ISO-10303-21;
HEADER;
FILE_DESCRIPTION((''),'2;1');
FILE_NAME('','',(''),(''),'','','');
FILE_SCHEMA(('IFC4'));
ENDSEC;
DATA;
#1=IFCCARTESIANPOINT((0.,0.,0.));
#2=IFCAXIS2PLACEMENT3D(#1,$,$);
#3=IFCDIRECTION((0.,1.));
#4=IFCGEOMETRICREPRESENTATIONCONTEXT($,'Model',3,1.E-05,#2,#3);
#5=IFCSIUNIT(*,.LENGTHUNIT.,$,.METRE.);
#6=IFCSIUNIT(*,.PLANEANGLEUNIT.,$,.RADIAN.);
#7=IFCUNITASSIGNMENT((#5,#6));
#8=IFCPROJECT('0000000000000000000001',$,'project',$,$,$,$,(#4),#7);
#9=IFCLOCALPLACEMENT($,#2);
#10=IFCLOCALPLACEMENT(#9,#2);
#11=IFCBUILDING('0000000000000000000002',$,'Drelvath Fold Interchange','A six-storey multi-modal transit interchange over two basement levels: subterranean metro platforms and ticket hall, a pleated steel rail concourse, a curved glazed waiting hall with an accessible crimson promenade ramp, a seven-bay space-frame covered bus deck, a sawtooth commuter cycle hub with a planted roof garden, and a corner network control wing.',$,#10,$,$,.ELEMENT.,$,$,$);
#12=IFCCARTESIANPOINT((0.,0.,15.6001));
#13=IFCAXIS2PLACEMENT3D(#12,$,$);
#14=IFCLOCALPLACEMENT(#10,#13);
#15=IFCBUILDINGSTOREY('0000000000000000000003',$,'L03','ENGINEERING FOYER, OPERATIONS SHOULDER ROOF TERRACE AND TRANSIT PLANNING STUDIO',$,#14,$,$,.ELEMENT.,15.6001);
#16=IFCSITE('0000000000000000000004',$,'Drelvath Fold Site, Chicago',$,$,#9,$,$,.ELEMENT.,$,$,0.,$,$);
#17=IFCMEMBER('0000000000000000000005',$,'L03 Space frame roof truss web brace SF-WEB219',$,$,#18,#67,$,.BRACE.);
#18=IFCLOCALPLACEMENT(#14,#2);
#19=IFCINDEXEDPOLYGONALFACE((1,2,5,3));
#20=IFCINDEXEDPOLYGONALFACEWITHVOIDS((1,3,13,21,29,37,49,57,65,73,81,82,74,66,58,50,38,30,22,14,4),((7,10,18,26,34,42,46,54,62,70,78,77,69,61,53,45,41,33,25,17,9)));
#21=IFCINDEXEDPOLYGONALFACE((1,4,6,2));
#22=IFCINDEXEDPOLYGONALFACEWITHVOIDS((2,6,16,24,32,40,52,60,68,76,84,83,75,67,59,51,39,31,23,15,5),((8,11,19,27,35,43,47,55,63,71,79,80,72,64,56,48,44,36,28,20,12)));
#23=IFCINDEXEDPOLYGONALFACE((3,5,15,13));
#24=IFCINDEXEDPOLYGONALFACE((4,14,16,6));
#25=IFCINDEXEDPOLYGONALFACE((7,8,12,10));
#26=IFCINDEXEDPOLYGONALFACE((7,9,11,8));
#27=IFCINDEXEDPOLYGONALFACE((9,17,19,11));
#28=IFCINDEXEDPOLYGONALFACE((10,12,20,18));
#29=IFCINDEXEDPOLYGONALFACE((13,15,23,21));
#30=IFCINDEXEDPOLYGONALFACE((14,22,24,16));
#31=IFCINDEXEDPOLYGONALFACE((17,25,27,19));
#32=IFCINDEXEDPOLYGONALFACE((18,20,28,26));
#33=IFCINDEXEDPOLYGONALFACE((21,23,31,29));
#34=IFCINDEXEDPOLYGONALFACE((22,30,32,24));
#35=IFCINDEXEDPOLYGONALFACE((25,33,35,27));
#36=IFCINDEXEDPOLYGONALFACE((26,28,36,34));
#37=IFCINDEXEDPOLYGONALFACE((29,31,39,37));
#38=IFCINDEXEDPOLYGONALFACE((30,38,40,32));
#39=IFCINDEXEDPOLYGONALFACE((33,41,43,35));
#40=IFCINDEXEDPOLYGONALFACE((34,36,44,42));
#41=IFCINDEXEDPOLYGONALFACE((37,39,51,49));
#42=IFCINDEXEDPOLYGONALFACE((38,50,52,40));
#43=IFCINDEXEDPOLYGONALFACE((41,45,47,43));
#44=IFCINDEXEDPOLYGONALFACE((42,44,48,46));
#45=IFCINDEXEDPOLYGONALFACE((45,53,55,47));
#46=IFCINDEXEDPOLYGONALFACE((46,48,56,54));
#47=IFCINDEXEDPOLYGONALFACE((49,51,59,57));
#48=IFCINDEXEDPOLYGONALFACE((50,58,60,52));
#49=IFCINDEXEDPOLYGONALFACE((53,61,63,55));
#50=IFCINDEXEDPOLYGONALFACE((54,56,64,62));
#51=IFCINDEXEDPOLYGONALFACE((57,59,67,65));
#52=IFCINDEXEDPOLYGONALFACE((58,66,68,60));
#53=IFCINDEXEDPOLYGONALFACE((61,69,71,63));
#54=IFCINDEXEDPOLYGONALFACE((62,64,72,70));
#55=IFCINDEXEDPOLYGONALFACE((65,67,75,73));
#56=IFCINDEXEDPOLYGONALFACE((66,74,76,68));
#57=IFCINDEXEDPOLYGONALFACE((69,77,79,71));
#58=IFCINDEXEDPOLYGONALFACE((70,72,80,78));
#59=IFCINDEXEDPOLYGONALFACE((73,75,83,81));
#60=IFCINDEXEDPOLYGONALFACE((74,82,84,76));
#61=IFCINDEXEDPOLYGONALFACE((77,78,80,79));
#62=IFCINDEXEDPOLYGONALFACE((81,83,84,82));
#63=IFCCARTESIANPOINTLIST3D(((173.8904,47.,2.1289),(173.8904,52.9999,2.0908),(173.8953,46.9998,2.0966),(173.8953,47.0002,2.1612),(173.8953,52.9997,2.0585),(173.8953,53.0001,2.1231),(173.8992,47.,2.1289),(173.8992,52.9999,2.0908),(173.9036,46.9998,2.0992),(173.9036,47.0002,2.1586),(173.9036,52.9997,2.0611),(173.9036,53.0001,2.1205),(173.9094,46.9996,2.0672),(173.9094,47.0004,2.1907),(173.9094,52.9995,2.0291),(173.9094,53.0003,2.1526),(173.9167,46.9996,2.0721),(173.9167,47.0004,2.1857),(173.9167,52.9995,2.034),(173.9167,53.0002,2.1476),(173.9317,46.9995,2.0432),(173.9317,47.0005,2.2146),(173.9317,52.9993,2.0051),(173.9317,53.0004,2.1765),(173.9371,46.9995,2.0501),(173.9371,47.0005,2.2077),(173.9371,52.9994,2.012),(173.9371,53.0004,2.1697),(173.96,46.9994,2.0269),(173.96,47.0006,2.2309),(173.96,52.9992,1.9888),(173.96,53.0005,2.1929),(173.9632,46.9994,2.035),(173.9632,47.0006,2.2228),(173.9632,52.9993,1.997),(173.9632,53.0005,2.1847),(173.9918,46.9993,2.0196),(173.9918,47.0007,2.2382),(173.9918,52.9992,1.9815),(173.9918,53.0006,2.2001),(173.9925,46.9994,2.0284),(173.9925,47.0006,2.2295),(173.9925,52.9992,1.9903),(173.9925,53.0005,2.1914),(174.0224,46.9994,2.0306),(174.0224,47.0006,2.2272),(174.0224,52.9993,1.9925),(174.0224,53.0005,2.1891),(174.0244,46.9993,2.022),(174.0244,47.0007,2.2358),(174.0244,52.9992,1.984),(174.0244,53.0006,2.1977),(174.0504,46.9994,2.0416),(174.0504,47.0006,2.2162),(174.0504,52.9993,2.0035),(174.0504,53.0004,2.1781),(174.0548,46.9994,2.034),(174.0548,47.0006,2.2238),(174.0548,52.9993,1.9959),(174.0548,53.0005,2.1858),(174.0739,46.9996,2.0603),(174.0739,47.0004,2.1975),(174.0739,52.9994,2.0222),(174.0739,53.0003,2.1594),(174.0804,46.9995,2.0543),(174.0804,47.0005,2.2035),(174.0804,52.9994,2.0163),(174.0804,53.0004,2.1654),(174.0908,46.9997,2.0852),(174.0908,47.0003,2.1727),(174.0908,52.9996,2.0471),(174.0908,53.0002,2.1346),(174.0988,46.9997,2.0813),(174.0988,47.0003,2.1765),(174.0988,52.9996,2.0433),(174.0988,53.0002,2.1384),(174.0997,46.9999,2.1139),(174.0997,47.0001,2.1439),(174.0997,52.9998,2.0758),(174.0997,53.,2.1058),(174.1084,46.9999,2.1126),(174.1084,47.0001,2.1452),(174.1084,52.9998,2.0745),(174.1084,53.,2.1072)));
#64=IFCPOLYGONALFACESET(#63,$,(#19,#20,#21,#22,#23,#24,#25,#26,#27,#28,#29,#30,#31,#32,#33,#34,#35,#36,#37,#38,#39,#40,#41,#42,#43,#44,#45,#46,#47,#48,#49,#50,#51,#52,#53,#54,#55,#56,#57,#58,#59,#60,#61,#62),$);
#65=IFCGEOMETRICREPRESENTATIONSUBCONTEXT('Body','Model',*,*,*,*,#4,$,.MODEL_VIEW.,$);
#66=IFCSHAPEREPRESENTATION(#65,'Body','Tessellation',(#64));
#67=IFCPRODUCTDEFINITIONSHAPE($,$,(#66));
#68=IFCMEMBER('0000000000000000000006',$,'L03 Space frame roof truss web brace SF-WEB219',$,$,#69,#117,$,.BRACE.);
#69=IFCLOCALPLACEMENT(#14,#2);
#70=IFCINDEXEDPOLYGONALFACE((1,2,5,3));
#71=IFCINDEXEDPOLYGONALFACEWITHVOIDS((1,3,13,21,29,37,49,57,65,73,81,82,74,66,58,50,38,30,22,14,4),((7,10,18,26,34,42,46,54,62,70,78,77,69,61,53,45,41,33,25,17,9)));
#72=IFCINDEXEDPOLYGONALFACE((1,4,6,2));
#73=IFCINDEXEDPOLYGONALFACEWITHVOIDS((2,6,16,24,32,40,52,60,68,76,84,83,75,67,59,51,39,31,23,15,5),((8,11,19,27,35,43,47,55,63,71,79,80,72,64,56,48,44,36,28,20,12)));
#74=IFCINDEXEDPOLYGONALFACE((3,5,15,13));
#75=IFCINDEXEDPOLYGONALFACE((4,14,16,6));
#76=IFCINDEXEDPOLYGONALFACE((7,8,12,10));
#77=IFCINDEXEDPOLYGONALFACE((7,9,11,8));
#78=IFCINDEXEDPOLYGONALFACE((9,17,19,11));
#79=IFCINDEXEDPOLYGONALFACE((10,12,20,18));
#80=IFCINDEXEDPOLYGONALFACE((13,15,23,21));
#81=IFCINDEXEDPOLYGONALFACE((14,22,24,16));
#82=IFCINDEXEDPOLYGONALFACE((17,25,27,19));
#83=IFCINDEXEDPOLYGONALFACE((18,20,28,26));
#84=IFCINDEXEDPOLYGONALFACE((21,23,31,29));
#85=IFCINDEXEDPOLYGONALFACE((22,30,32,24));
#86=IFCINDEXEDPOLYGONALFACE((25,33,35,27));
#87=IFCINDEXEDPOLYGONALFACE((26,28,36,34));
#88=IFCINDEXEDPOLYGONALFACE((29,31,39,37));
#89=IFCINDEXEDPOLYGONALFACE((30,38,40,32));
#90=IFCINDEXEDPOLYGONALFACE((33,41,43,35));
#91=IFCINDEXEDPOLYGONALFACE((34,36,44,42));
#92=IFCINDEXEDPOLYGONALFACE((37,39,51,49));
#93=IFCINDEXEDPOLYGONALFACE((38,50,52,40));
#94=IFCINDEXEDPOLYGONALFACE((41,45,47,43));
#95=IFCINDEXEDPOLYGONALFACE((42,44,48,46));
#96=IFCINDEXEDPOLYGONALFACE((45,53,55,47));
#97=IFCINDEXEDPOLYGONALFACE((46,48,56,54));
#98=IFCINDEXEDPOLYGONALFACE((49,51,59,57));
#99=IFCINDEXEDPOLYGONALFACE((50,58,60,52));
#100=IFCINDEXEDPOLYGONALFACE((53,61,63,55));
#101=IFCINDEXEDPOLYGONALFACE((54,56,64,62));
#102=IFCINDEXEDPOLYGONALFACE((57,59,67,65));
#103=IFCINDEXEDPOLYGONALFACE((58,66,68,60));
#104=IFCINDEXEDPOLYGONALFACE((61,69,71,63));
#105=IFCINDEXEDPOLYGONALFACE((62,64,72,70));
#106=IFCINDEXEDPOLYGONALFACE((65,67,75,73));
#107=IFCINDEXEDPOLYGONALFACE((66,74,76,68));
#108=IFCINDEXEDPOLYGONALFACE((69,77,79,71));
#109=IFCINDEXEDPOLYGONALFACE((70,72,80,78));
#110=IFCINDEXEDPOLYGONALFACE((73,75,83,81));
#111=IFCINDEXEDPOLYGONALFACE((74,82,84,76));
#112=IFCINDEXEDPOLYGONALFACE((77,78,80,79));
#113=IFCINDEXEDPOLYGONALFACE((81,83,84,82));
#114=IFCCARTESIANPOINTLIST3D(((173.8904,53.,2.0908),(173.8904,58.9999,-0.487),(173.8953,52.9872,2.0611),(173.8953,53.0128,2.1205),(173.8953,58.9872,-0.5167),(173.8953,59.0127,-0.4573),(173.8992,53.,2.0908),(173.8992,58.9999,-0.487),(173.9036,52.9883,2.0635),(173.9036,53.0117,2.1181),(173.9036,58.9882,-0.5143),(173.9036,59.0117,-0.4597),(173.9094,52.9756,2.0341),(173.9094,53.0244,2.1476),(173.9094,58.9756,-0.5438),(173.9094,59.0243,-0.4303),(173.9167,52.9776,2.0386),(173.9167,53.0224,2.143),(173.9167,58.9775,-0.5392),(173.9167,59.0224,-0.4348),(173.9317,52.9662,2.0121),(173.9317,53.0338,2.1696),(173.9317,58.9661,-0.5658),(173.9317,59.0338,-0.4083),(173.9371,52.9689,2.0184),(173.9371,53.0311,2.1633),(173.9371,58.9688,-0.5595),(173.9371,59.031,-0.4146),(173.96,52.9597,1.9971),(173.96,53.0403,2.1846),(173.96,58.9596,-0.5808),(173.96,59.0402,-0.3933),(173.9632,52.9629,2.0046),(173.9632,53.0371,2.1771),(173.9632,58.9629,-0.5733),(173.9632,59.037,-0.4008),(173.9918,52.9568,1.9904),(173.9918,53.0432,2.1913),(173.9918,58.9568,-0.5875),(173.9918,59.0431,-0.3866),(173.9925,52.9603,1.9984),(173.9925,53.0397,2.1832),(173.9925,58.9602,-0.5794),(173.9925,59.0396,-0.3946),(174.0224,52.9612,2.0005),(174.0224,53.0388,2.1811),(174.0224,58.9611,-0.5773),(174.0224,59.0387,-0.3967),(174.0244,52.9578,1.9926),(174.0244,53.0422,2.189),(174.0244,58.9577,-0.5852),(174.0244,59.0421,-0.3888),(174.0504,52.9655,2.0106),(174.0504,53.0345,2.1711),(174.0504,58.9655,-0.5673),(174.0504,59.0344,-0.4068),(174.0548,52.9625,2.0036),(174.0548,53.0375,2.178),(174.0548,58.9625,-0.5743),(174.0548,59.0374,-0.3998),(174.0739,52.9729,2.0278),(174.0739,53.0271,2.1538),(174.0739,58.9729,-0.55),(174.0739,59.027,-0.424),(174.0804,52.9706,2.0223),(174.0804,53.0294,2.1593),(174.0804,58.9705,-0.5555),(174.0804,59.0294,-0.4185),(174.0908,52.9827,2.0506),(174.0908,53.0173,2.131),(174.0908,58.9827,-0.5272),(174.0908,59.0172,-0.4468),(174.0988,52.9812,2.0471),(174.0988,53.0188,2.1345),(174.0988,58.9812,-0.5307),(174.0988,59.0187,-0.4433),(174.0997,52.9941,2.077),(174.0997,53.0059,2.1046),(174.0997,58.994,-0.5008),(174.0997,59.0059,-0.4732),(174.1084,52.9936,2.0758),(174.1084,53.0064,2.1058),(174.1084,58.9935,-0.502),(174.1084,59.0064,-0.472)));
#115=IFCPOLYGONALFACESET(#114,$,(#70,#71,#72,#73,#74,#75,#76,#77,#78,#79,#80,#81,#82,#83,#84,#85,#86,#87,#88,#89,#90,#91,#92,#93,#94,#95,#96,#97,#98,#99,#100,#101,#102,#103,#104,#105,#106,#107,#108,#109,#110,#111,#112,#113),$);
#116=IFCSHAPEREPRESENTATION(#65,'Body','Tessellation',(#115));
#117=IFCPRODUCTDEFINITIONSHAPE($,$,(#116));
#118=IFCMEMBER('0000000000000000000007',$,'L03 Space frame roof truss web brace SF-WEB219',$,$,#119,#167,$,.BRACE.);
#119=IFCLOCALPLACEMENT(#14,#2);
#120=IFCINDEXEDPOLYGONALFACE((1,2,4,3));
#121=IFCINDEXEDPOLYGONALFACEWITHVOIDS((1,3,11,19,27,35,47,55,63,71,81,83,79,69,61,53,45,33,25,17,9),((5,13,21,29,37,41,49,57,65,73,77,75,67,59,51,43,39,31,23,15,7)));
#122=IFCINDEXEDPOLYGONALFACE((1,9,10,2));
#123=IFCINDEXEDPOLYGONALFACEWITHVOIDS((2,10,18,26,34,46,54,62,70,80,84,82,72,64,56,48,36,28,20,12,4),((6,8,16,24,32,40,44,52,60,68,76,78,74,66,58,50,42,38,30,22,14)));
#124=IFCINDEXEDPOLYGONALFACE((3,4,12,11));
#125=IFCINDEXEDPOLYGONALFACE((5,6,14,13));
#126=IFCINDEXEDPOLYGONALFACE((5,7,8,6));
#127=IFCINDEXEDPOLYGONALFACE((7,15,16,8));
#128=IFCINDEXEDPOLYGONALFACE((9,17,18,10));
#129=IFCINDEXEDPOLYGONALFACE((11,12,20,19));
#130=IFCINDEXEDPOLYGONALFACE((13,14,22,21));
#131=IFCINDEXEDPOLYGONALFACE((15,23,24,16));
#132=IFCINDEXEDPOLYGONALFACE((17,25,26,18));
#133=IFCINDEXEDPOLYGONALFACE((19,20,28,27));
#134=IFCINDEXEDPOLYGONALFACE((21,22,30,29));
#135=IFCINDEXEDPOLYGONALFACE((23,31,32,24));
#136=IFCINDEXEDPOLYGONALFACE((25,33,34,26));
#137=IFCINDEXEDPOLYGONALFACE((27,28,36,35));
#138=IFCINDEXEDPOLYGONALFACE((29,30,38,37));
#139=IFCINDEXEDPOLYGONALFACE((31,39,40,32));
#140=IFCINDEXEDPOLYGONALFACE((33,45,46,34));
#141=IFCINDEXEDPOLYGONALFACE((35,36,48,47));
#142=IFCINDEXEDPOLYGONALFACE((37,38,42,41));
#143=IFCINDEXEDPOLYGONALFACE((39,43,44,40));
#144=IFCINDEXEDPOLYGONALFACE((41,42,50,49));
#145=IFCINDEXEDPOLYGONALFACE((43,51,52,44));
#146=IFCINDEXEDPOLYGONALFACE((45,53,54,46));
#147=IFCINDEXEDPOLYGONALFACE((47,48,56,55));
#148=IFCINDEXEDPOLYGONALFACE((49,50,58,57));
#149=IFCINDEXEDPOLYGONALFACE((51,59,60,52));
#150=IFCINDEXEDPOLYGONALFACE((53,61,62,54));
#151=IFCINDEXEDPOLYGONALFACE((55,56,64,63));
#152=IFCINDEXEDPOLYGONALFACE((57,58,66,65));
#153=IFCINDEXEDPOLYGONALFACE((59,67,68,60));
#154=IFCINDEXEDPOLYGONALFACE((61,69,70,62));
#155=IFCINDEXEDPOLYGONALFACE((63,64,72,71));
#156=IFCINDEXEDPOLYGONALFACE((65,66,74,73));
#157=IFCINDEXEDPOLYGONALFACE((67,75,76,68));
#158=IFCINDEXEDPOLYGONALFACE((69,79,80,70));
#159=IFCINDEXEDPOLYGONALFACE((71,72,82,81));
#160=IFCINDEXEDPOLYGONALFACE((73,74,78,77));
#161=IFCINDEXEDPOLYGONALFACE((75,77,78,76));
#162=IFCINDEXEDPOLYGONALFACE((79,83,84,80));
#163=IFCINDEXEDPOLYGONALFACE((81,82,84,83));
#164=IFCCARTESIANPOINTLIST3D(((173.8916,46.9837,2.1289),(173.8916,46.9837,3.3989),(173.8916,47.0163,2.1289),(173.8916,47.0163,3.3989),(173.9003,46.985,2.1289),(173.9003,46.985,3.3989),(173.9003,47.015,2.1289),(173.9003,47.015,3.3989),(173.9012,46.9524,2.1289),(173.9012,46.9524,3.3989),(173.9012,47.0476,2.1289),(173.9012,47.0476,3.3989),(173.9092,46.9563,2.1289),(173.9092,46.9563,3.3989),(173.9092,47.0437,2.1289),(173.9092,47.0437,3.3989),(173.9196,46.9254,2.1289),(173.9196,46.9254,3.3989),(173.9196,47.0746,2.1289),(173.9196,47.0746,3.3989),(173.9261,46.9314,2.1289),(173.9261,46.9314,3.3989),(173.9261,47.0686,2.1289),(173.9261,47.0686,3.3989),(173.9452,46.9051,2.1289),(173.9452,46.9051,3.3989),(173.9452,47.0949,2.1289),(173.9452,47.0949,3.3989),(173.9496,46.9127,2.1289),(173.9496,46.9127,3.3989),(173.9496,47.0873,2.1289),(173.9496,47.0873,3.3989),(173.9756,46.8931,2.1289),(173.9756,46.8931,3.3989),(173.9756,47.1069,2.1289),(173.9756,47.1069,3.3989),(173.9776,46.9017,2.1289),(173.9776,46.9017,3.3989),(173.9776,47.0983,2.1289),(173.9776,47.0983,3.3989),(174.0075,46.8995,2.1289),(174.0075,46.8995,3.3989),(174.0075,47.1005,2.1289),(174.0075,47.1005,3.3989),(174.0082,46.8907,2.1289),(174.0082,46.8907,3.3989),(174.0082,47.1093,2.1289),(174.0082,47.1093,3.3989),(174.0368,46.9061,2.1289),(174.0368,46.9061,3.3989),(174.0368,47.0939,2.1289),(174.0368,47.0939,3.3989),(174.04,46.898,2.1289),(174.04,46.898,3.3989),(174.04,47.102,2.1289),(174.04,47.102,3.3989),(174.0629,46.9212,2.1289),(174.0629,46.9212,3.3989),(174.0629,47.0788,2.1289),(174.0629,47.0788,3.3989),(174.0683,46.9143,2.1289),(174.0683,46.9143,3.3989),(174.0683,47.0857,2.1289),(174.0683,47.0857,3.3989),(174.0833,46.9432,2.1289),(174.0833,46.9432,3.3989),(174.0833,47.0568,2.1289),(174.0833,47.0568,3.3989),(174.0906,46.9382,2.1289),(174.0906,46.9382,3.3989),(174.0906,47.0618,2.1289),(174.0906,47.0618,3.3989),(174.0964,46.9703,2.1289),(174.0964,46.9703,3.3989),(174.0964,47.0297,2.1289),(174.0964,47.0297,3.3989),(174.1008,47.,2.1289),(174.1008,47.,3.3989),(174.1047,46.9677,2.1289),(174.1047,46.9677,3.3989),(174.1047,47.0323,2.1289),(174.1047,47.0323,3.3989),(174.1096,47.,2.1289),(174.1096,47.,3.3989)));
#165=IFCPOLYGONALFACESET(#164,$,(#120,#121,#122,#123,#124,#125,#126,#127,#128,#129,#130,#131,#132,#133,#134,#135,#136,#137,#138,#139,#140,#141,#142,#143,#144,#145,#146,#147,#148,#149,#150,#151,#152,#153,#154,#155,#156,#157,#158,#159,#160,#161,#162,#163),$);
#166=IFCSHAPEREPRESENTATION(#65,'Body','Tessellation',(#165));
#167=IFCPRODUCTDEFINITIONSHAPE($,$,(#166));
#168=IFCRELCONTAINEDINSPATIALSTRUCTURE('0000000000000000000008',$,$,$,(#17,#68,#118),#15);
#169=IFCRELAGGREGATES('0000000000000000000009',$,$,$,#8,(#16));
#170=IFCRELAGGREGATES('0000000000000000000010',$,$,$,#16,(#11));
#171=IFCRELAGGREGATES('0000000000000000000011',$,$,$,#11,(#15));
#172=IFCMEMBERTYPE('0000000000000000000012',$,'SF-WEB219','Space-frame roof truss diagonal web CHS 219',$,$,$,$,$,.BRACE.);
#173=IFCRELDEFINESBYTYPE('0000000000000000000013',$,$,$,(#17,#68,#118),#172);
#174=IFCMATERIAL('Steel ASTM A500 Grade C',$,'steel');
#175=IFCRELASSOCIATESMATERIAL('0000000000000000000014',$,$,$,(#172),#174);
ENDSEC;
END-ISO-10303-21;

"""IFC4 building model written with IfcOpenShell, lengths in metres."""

from ifc_helpers import new_model, si_unit, direction, frame, origin, origin_2d, place, context, subcontext, project, spatial, hollow_circle, extrude, material, material_profile, profile_set, type_object, element, save


model = new_model("IFC4")

# Units and contexts
model_context = context("Model", 3, precision=1e-05, world=origin(), true_north=direction((0.0, 1.0)))
body_context = subcontext(model_context, "Body", "Model", "MODEL_VIEW")
ifc_project = project(units=[si_unit("LENGTHUNIT", "METRE"), si_unit("PLANEANGLEUNIT", "RADIAN")], contexts=[model_context])

# Site, building, storey
site_placement = place(None, origin())
site = spatial("IfcSite", under=ifc_project, at=site_placement, Name="Drelvath Fold Site, Chicago", CompositionType="ELEMENT", RefElevation=0.0)
building_placement = place(site_placement, origin())
building = spatial("IfcBuilding", under=site, at=building_placement, Name="Drelvath Fold Interchange", Description="A six-storey multi-modal transit interchange over two basement levels: subterranean metro platforms and ticket hall, a pleated steel rail concourse, a curved glazed waiting hall with an accessible crimson promenade ramp, a seven-bay space-frame covered bus deck, a sawtooth commuter cycle hub with a planted roof garden, and a corner network control wing.", CompositionType="ELEMENT")
storey_placement = place(building_placement, frame((0.0, 0.0, 15.6001)))
storey = spatial("IfcBuildingStorey", under=building, at=storey_placement, Name="L03", Description="ENGINEERING FOYER, OPERATIONS SHOULDER ROOF TERRACE AND TRANSIT PLANNING STUDIO", CompositionType="ELEMENT", Elevation=15.6001)

# Shared definitions
ifc_material_1 = material(Name="Steel ASTM A500 Grade C", Category="steel")

# Members
ifc_material_profile_1 = material_profile(ifc_material_1, hollow_circle(Radius=0.1096, WallThickness=0.0088, at=origin_2d()), Name="HSS8.625X0.375")
ifc_profile_set_1 = profile_set([ifc_material_profile_1], Name="Steel ASTM A500 Grade C")
member_type_1 = type_object("IfcMemberType", Name="SF-WEB219", Description="Space-frame roof truss diagonal web CHS 219", PredefinedType="BRACE", material=ifc_profile_set_1)
member_1_placement = place(storey_placement, frame((174.0, 47.0, 2.1289), z_axis=(0.0, 0.99998, -0.006348), x_axis=(-1.0, 0.0, 0.0)))
element("IfcMember", 1, at=member_1_placement, inside=storey, type_object=member_type_1, Name="L03 Space frame roof truss web brace SF-WEB219", PredefinedType="BRACE", context=body_context, shape_type="SweptSolid", body=[
    extrude(hollow_circle(Radius=0.1096, WallThickness=0.0088, at=origin_2d()), origin(), (0.0, 0.0, 1.0), 6.0),
])
member_2_placement = place(storey_placement, frame((174.0, 53.0, 2.0908), z_axis=(0.0, 0.918787, -0.394754), x_axis=(-1.0, 0.0, 0.0)))
element("IfcMember", 2, at=member_2_placement, inside=storey, type_object=member_type_1, Name="L03 Space frame roof truss web brace SF-WEB219", PredefinedType="BRACE", context=body_context, shape_type="SweptSolid", body=[
    extrude(hollow_circle(Radius=0.1096, WallThickness=0.0088, at=origin_2d()), origin(), (0.0, 0.0, 1.0), 6.5303),
])
for number, where, z_axis, x_axis, name in (
    (3, (174.0, 47.0, 2.1289), (0.0, 0.0, 1.0), (1.0, 0.0, 0.0), "L03 Space frame roof truss web brace SF-WEB219"),
):
    element("IfcMember", number, at=place(storey_placement, frame(where, z_axis=z_axis, x_axis=x_axis)), inside=storey, type_object=member_type_1, Name=name, PredefinedType="BRACE", context=body_context, shape_type="SweptSolid", body=[
        extrude(hollow_circle(Radius=0.1096, WallThickness=0.0088, at=origin_2d()), origin(), (0.0, 0.0, 1.0), 1.27),
    ])

save(model, "model.ifc")
